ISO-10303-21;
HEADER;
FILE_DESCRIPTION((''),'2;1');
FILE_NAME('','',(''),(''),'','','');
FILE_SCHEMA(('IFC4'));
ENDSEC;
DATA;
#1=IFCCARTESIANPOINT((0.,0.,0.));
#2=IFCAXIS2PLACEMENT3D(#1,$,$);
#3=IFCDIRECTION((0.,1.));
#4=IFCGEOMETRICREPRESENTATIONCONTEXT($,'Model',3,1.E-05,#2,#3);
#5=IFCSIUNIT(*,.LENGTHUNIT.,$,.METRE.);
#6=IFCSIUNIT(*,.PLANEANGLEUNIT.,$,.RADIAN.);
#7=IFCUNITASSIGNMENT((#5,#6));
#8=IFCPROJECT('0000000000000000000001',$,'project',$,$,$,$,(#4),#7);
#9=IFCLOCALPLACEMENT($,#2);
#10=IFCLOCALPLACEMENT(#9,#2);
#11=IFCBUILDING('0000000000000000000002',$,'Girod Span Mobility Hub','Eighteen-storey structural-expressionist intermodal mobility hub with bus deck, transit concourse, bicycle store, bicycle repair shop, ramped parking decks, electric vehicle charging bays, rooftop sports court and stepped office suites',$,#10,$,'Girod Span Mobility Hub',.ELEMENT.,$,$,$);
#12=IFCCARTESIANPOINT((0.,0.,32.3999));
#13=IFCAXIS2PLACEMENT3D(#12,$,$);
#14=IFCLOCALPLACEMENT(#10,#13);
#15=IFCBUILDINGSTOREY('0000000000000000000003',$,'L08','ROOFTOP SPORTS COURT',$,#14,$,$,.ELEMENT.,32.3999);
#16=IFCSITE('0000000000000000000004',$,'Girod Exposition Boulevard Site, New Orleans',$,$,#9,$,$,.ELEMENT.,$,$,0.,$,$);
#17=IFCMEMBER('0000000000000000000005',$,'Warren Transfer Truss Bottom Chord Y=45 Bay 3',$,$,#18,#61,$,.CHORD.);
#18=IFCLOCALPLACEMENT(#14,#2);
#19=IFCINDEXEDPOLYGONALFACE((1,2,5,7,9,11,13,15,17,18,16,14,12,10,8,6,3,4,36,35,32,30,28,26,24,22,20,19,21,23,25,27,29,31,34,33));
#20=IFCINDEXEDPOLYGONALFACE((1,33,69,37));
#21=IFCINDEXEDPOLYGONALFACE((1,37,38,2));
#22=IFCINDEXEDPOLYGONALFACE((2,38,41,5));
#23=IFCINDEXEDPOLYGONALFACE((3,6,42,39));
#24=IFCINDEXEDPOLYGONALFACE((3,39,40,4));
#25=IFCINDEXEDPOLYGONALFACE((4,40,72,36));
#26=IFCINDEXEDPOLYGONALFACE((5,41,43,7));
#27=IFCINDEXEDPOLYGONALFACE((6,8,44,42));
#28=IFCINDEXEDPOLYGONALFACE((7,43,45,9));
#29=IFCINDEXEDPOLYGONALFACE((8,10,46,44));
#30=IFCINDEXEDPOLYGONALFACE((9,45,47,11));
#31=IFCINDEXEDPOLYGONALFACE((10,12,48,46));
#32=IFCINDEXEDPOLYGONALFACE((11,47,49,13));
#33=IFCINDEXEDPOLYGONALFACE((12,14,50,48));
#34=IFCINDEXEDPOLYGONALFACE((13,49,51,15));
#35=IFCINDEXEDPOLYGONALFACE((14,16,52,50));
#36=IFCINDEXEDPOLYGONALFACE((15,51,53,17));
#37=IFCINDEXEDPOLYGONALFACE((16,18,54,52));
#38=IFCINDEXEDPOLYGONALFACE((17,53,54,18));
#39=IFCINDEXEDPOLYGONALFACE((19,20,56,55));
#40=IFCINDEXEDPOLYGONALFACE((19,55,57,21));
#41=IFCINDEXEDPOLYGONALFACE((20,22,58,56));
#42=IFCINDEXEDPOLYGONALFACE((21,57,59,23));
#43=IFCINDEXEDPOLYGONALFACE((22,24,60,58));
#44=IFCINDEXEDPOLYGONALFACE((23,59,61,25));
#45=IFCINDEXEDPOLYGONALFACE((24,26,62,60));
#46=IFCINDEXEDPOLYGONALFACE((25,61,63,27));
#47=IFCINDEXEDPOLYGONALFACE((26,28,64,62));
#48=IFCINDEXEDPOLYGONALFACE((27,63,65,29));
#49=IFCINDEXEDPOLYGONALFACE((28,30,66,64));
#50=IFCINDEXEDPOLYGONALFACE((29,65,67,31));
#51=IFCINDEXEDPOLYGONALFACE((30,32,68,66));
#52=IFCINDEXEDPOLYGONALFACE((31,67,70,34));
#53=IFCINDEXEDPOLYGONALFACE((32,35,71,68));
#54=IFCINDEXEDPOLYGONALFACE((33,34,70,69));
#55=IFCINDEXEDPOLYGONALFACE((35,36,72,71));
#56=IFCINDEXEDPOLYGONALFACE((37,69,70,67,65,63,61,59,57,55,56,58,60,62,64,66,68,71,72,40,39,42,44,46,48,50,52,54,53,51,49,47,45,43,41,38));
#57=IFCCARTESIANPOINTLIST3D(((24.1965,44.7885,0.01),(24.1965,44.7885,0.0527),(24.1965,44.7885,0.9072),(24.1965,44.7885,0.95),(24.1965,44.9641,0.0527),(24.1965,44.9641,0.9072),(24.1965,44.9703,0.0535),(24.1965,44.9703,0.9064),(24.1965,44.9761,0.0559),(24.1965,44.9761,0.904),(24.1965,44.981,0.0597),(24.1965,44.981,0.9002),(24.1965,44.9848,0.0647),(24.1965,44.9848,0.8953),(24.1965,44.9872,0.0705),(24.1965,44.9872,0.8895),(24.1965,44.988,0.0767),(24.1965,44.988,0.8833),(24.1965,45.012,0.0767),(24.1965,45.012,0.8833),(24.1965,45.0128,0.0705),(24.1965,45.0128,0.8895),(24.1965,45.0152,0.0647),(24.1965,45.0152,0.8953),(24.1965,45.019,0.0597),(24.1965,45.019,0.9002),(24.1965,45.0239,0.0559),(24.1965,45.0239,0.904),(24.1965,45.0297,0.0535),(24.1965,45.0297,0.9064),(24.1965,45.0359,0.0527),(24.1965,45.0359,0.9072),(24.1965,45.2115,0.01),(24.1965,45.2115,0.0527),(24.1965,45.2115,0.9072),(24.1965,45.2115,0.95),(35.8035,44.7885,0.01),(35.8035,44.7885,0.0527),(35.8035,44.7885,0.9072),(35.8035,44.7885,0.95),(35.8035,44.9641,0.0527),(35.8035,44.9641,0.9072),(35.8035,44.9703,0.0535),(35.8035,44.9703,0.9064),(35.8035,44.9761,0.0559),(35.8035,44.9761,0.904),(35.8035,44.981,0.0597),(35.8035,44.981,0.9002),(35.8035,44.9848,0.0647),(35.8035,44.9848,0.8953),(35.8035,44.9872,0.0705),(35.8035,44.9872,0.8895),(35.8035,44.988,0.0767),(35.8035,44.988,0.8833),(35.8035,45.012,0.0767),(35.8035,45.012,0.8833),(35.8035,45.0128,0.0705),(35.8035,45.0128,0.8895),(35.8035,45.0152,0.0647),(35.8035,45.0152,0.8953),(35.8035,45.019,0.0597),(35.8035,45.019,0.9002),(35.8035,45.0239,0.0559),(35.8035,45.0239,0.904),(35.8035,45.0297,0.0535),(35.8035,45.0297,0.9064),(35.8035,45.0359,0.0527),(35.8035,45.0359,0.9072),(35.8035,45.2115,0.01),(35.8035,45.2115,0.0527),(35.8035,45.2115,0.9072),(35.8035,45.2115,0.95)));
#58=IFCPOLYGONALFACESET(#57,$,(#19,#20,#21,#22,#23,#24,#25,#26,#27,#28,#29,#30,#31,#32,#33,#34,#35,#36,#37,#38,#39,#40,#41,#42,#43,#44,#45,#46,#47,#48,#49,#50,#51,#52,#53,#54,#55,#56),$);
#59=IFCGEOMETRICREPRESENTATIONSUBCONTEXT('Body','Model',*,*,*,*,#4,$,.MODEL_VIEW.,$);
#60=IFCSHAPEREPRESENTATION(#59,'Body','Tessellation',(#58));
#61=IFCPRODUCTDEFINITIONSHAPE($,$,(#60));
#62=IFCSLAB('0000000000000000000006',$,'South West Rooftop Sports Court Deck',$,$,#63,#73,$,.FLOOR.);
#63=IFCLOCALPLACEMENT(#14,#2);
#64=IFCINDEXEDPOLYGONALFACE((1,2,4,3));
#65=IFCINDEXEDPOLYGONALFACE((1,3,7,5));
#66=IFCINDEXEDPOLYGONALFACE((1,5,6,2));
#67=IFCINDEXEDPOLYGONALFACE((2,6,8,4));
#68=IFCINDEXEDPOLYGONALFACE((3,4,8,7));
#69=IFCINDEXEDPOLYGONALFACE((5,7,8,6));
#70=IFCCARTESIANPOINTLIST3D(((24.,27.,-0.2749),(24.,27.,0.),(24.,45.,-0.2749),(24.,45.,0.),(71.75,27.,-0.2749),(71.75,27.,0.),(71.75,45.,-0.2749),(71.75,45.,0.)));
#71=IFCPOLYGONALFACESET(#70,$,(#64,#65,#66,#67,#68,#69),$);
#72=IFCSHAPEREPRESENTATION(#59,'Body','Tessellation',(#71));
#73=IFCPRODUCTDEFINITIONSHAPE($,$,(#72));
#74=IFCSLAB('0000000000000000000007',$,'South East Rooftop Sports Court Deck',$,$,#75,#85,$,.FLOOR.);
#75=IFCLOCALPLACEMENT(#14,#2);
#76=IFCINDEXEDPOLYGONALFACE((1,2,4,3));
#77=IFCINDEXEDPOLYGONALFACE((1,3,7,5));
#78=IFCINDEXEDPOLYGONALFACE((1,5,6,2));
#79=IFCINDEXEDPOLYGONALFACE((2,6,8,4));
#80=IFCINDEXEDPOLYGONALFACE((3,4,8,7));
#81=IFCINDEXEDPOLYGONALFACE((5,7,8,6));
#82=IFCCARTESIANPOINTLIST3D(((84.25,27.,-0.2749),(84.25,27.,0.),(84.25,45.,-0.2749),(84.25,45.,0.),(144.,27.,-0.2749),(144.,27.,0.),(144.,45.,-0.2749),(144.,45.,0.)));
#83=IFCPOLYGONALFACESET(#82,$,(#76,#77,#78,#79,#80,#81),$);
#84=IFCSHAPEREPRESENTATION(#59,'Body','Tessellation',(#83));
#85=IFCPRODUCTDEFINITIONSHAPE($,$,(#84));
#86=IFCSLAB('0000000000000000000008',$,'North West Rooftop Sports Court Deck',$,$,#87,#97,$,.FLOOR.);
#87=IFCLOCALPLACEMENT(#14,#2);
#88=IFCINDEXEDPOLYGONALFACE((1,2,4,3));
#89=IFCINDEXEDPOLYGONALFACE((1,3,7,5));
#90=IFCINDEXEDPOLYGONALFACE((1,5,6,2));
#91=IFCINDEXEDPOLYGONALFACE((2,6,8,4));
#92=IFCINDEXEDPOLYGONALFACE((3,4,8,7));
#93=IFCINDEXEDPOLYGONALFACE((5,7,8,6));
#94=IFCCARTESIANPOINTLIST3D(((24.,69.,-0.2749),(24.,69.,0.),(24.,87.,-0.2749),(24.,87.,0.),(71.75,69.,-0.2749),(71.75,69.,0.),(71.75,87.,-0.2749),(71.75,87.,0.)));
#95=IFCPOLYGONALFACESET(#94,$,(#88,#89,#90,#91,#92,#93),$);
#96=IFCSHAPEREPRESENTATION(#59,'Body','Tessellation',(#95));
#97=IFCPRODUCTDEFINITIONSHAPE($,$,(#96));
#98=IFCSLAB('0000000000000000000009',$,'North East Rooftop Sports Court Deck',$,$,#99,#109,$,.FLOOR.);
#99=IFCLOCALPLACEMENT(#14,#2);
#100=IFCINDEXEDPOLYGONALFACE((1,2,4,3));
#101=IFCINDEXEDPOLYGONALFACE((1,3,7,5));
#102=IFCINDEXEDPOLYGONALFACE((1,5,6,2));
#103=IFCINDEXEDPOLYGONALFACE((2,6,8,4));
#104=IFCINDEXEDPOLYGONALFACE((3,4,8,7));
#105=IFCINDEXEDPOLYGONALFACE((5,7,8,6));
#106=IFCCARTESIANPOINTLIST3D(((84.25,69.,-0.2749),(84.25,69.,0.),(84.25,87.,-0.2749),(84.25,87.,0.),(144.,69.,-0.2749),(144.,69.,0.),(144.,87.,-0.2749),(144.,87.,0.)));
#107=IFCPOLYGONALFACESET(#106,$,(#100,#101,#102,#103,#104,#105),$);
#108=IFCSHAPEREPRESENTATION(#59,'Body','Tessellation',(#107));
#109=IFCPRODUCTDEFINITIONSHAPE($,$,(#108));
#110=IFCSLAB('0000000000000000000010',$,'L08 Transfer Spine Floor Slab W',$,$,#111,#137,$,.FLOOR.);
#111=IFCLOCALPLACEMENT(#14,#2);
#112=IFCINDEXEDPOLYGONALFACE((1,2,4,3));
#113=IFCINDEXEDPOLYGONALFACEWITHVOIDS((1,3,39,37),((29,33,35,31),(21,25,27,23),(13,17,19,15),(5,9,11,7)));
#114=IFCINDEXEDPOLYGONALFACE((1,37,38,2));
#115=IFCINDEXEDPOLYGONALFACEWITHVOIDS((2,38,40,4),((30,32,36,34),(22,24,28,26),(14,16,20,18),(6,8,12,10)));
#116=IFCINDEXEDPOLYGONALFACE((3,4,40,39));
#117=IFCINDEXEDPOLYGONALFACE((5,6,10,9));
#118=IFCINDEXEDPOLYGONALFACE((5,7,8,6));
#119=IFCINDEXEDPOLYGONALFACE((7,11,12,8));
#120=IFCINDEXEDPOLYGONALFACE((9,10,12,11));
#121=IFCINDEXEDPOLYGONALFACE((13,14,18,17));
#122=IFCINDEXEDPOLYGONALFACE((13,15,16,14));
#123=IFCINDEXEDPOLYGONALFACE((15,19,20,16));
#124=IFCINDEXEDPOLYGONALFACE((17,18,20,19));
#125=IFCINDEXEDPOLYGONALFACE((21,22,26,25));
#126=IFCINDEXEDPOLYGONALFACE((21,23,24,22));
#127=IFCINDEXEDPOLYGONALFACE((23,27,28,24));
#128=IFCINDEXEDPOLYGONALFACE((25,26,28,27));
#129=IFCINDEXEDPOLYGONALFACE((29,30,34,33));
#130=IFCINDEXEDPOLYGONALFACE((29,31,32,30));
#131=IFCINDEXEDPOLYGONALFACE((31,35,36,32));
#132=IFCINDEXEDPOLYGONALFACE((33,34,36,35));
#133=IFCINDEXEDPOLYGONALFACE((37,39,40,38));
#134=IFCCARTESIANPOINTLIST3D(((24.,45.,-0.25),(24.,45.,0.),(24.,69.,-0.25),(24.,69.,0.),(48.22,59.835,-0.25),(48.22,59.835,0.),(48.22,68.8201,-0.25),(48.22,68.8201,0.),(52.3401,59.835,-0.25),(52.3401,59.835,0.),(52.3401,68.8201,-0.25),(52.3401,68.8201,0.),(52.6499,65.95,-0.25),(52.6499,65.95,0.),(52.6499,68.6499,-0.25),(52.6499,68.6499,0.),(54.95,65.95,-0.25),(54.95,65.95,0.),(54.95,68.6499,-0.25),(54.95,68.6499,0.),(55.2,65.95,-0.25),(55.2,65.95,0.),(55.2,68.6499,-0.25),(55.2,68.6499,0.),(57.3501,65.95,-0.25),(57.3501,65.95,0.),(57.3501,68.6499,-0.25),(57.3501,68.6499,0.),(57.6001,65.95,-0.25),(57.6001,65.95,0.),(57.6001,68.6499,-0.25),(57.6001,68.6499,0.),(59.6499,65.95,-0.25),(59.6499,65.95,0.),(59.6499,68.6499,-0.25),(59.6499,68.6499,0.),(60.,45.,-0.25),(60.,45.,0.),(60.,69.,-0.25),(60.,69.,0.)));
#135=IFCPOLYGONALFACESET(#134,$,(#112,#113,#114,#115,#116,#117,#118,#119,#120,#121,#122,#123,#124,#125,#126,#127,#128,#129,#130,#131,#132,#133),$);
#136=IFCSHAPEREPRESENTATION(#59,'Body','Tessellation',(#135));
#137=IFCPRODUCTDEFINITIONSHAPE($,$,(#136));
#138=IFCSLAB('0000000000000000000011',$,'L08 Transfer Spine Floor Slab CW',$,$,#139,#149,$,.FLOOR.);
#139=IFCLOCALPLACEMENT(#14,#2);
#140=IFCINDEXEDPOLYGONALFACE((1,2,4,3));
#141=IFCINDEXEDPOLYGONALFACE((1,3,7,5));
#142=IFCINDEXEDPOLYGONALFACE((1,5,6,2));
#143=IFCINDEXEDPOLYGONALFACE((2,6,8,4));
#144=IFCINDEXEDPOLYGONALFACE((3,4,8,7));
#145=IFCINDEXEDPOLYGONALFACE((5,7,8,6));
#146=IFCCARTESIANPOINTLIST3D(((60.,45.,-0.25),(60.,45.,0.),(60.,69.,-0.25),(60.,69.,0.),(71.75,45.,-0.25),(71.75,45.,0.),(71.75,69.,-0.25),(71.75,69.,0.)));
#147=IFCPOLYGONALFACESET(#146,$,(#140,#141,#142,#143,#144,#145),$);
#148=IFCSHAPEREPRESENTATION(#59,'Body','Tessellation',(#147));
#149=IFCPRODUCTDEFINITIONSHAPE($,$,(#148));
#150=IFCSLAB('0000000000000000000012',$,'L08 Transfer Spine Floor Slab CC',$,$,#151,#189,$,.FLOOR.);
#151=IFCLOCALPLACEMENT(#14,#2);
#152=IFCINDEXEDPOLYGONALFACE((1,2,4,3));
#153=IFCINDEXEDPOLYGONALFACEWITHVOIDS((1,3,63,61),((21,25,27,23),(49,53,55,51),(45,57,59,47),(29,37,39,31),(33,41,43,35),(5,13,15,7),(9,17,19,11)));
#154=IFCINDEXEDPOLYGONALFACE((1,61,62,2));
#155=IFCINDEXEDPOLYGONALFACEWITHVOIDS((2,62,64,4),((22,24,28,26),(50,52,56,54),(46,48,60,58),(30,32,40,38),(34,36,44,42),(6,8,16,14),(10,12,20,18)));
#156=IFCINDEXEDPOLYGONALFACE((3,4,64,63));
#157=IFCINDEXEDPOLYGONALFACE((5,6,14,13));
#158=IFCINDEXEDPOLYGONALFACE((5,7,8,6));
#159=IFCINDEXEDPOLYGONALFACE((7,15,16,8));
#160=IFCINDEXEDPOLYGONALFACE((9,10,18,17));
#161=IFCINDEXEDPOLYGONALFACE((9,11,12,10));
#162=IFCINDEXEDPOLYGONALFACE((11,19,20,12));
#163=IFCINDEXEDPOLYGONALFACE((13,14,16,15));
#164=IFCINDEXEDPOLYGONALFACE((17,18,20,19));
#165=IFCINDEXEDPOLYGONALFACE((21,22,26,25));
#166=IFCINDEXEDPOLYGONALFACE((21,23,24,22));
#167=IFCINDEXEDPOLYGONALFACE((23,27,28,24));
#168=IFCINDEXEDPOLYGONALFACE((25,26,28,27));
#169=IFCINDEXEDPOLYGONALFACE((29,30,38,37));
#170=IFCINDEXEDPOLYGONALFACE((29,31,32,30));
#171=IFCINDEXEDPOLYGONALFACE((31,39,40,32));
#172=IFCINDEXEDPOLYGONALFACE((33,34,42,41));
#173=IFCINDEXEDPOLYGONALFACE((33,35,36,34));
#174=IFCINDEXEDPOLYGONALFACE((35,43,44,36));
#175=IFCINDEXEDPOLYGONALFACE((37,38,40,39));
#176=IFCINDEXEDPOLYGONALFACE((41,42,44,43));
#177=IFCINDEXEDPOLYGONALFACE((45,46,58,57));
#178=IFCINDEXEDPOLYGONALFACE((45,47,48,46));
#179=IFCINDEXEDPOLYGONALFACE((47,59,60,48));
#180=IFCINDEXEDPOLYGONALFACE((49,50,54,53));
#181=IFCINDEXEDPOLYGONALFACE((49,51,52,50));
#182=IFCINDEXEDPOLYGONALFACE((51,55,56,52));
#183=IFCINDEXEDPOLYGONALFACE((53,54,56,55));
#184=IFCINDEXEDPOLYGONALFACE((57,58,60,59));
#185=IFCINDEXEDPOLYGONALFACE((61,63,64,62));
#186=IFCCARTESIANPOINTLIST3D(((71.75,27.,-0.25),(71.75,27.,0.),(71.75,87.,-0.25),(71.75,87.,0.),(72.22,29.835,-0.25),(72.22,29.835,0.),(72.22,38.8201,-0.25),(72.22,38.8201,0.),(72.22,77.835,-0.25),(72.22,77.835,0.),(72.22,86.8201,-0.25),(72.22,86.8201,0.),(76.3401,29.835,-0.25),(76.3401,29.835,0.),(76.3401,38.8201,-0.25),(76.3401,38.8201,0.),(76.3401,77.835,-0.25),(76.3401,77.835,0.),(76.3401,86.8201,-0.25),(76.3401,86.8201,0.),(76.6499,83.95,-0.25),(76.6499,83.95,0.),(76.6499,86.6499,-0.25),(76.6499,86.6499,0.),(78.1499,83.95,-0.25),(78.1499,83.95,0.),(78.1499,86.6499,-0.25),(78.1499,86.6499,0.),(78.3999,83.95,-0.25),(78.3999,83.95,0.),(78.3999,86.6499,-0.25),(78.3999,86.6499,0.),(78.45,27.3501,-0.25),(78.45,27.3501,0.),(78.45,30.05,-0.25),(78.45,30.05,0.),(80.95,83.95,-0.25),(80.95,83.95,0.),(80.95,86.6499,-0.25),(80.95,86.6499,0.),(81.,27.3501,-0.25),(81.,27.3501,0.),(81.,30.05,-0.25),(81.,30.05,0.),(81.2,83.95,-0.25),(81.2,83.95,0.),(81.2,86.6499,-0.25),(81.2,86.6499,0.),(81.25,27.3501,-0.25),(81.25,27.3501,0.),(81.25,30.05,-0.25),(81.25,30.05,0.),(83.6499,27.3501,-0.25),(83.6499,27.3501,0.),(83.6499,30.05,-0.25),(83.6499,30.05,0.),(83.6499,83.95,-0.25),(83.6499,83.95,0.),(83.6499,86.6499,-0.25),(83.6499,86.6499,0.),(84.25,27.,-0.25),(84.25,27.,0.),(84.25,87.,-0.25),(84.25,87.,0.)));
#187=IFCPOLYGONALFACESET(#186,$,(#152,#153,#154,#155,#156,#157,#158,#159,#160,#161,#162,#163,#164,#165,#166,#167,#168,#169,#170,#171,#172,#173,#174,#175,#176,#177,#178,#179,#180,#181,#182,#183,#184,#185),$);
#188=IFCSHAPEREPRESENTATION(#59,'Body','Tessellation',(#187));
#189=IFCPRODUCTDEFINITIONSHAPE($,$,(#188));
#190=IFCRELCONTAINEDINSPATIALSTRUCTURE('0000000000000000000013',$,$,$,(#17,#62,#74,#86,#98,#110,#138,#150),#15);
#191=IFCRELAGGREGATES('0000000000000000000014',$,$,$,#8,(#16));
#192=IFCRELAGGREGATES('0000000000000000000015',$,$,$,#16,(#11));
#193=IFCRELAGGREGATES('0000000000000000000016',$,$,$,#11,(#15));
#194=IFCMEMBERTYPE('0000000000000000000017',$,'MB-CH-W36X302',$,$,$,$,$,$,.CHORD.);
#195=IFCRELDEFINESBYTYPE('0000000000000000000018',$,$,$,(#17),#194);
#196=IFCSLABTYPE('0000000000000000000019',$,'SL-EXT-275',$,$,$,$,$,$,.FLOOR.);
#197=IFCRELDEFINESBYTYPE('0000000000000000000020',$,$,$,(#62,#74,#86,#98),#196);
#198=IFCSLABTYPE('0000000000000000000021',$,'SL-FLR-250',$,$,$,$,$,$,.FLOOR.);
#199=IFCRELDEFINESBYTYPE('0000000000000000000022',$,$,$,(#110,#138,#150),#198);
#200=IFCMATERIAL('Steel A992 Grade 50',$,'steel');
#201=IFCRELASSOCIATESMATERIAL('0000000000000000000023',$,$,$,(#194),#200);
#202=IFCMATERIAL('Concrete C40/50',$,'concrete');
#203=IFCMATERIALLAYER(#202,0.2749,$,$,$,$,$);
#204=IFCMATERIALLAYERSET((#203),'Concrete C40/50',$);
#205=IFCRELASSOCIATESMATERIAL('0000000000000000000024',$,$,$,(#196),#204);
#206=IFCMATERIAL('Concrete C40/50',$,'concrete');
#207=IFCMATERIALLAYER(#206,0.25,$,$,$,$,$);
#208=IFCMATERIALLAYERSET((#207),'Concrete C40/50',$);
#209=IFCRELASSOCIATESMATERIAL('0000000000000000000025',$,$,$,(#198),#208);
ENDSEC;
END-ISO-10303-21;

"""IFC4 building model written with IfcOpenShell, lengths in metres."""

from ifc_helpers import new_model, si_unit, direction, frame, origin, origin_2d, place, context, subcontext, project, spatial, polyline, i_section, outline, extrude, material, layer, layer_set, material_profile, profile_set, type_object, element, save


model = new_model("IFC4")

# Units and contexts
model_context = context("Model", 3, precision=1e-05, world=origin(), true_north=direction((0.0, 1.0)))
body_context = subcontext(model_context, "Body", "Model", "MODEL_VIEW")
ifc_project = project(units=[si_unit("LENGTHUNIT", "METRE"), si_unit("PLANEANGLEUNIT", "RADIAN")], contexts=[model_context])

# Site, building, storey
site_placement = place(None, origin())
site = spatial("IfcSite", under=ifc_project, at=site_placement, Name="Girod Exposition Boulevard Site, New Orleans", CompositionType="ELEMENT", RefElevation=0.0)
building_placement = place(site_placement, origin())
building = spatial("IfcBuilding", under=site, at=building_placement, Name="Girod Span Mobility Hub", Description="Eighteen-storey structural-expressionist intermodal mobility hub with bus deck, transit concourse, bicycle store, bicycle repair shop, ramped parking decks, electric vehicle charging bays, rooftop sports court and stepped office suites", LongName="Girod Span Mobility Hub", CompositionType="ELEMENT")
storey_placement = place(building_placement, frame((0.0, 0.0, 32.3999)))
storey = spatial("IfcBuildingStorey", under=building, at=storey_placement, Name="L08", Description="ROOFTOP SPORTS COURT", CompositionType="ELEMENT", Elevation=32.3999)

# Member
ifc_material_1 = material(Name="Steel A992 Grade 50", Category="steel")
ifc_material_profile_1 = material_profile(ifc_material_1, i_section(OverallWidth=0.4231, OverallDepth=0.9399, WebThickness=0.0239, FlangeThickness=0.0427, FilletRadius=0.0239, at=origin_2d()), Name="W36X302")
ifc_profile_set_1 = profile_set([ifc_material_profile_1], Name="Steel A992 Grade 50")
member_type_1 = type_object("IfcMemberType", Name="MB-CH-W36X302", PredefinedType="CHORD", material=ifc_profile_set_1)
member_1_placement = place(storey_placement, frame((24.1965, 45.0, 0.48), z_axis=(1.0, 0.0, 0.0), x_axis=(0.0, 1.0, 0.0)))
element("IfcMember", 1, at=member_1_placement, inside=storey, type_object=member_type_1, Name="Warren Transfer Truss Bottom Chord Y=45 Bay 3", PredefinedType="CHORD", context=body_context, shape_type="SweptSolid", body=[
    extrude(i_section(OverallWidth=0.4231, OverallDepth=0.9399, WebThickness=0.0239, FlangeThickness=0.0427, FilletRadius=0.0239, at=origin_2d()), origin(), (0.0, 0.0, 1.0), 11.6069),
])

# Slabs
ifc_material_2 = material(Name="Concrete C40/50", Category="concrete")
ifc_layer_1 = layer(ifc_material_2, 0.2749)
ifc_layer_set_1 = layer_set([ifc_layer_1], Name="Concrete C40/50")
slab_type_1 = type_object("IfcSlabType", Name="SL-EXT-275", PredefinedType="FLOOR", material=ifc_layer_set_1)
slab_1_placement = place(storey_placement, frame((0.0, 0.0, -0.2749)))
element("IfcSlab", 2, at=slab_1_placement, inside=storey, type_object=slab_type_1, Name="South West Rooftop Sports Court Deck", PredefinedType="FLOOR", context=body_context, shape_type="SweptSolid", body=[
    extrude(outline(polyline([(71.75, 27.0), (71.75, 45.0), (24.0, 45.0), (24.0, 27.0), (71.75, 27.0)])), origin(), (0.0, 0.0, 1.0), 0.2749),
])
slab_2_placement = place(storey_placement, frame((0.0, 0.0, -0.2749)))
element("IfcSlab", 3, at=slab_2_placement, inside=storey, type_object=slab_type_1, Name="South East Rooftop Sports Court Deck", PredefinedType="FLOOR", context=body_context, shape_type="SweptSolid", body=[
    extrude(outline(polyline([(144.0, 27.0), (144.0, 45.0), (84.25, 45.0), (84.25, 27.0), (144.0, 27.0)])), origin(), (0.0, 0.0, 1.0), 0.2749),
])
slab_3_placement = place(storey_placement, frame((0.0, 0.0, -0.2749)))
element("IfcSlab", 4, at=slab_3_placement, inside=storey, type_object=slab_type_1, Name="North West Rooftop Sports Court Deck", PredefinedType="FLOOR", context=body_context, shape_type="SweptSolid", body=[
    extrude(outline(polyline([(71.75, 69.0), (71.75, 87.0), (24.0, 87.0), (24.0, 69.0), (71.75, 69.0)])), origin(), (0.0, 0.0, 1.0), 0.2749),
])
slab_4_placement = place(storey_placement, frame((0.0, 0.0, -0.2749)))
element("IfcSlab", 5, at=slab_4_placement, inside=storey, type_object=slab_type_1, Name="North East Rooftop Sports Court Deck", PredefinedType="FLOOR", context=body_context, shape_type="SweptSolid", body=[
    extrude(outline(polyline([(144.0, 69.0), (144.0, 87.0), (84.25, 87.0), (84.25, 69.0), (144.0, 69.0)])), origin(), (0.0, 0.0, 1.0), 0.2749),
])
ifc_material_3 = material(Name="Concrete C40/50", Category="concrete")
ifc_layer_2 = layer(ifc_material_3, 0.25)
ifc_layer_set_2 = layer_set([ifc_layer_2], Name="Concrete C40/50")
slab_type_2 = type_object("IfcSlabType", Name="SL-FLR-250", PredefinedType="FLOOR", material=ifc_layer_set_2)
slab_5_placement = place(storey_placement, frame((0.0, 0.0, -0.25)))
element("IfcSlab", 6, at=slab_5_placement, inside=storey, type_object=slab_type_2, Name="L08 Transfer Spine Floor Slab W", PredefinedType="FLOOR", context=body_context, shape_type="SweptSolid", body=[
    extrude(outline(polyline([(24.0, 45.0), (24.0, 69.0), (60.0, 69.0), (60.0, 45.0), (24.0, 45.0)]), holes=[polyline([(52.3401, 68.8201), (48.22, 68.8201), (48.22, 59.835), (52.3401, 59.835), (52.3401, 68.8201)]), polyline([(54.95, 68.6499), (52.6499, 68.6499), (52.6499, 65.95), (54.95, 65.95), (54.95, 68.6499)]), polyline([(57.3501, 68.6499), (55.2, 68.6499), (55.2, 65.95), (57.3501, 65.95), (57.3501, 68.6499)]), polyline([(59.6499, 68.6499), (57.6001, 68.6499), (57.6001, 65.95), (59.6499, 65.95), (59.6499, 68.6499)])]), origin(), (0.0, 0.0, 1.0), 0.25),
])
slab_6_placement = place(storey_placement, frame((0.0, 0.0, -0.25)))
element("IfcSlab", 7, at=slab_6_placement, inside=storey, type_object=slab_type_2, Name="L08 Transfer Spine Floor Slab CW", PredefinedType="FLOOR", context=body_context, shape_type="SweptSolid", body=[
    extrude(outline(polyline([(60.0, 45.0), (60.0, 69.0), (71.75, 69.0), (71.75, 45.0), (60.0, 45.0)])), origin(), (0.0, 0.0, 1.0), 0.25),
])
slab_7_placement = place(storey_placement, frame((0.0, 0.0, -0.25)))
element("IfcSlab", 8, at=slab_7_placement, inside=storey, type_object=slab_type_2, Name="L08 Transfer Spine Floor Slab CC", PredefinedType="FLOOR", context=body_context, shape_type="SweptSolid", body=[
    extrude(outline(polyline([(71.75, 27.0), (71.75, 87.0), (84.25, 87.0), (84.25, 27.0), (71.75, 27.0)]), holes=[polyline([(72.22, 38.8201), (72.22, 29.835), (76.3401, 29.835), (76.3401, 38.8201), (72.22, 38.8201)]), polyline([(76.3401, 86.8201), (72.22, 86.8201), (72.22, 77.835), (76.3401, 77.835), (76.3401, 86.8201)]), polyline([(78.1499, 86.6499), (76.6499, 86.6499), (76.6499, 83.95), (78.1499, 83.95), (78.1499, 86.6499)]), polyline([(80.95, 86.6499), (78.3999, 86.6499), (78.3999, 83.95), (80.95, 83.95), (80.95, 86.6499)]), polyline([(81.0, 30.05), (78.45, 30.05), (78.45, 27.3501), (81.0, 27.3501), (81.0, 30.05)]), polyline([(83.6499, 30.05), (81.25, 30.05), (81.25, 27.3501), (83.6499, 27.3501), (83.6499, 30.05)]), polyline([(83.6499, 86.6499), (81.2, 86.6499), (81.2, 83.95), (83.6499, 83.95), (83.6499, 86.6499)])]), origin(), (0.0, 0.0, 1.0), 0.25),
])

save(model, "model.ifc")
